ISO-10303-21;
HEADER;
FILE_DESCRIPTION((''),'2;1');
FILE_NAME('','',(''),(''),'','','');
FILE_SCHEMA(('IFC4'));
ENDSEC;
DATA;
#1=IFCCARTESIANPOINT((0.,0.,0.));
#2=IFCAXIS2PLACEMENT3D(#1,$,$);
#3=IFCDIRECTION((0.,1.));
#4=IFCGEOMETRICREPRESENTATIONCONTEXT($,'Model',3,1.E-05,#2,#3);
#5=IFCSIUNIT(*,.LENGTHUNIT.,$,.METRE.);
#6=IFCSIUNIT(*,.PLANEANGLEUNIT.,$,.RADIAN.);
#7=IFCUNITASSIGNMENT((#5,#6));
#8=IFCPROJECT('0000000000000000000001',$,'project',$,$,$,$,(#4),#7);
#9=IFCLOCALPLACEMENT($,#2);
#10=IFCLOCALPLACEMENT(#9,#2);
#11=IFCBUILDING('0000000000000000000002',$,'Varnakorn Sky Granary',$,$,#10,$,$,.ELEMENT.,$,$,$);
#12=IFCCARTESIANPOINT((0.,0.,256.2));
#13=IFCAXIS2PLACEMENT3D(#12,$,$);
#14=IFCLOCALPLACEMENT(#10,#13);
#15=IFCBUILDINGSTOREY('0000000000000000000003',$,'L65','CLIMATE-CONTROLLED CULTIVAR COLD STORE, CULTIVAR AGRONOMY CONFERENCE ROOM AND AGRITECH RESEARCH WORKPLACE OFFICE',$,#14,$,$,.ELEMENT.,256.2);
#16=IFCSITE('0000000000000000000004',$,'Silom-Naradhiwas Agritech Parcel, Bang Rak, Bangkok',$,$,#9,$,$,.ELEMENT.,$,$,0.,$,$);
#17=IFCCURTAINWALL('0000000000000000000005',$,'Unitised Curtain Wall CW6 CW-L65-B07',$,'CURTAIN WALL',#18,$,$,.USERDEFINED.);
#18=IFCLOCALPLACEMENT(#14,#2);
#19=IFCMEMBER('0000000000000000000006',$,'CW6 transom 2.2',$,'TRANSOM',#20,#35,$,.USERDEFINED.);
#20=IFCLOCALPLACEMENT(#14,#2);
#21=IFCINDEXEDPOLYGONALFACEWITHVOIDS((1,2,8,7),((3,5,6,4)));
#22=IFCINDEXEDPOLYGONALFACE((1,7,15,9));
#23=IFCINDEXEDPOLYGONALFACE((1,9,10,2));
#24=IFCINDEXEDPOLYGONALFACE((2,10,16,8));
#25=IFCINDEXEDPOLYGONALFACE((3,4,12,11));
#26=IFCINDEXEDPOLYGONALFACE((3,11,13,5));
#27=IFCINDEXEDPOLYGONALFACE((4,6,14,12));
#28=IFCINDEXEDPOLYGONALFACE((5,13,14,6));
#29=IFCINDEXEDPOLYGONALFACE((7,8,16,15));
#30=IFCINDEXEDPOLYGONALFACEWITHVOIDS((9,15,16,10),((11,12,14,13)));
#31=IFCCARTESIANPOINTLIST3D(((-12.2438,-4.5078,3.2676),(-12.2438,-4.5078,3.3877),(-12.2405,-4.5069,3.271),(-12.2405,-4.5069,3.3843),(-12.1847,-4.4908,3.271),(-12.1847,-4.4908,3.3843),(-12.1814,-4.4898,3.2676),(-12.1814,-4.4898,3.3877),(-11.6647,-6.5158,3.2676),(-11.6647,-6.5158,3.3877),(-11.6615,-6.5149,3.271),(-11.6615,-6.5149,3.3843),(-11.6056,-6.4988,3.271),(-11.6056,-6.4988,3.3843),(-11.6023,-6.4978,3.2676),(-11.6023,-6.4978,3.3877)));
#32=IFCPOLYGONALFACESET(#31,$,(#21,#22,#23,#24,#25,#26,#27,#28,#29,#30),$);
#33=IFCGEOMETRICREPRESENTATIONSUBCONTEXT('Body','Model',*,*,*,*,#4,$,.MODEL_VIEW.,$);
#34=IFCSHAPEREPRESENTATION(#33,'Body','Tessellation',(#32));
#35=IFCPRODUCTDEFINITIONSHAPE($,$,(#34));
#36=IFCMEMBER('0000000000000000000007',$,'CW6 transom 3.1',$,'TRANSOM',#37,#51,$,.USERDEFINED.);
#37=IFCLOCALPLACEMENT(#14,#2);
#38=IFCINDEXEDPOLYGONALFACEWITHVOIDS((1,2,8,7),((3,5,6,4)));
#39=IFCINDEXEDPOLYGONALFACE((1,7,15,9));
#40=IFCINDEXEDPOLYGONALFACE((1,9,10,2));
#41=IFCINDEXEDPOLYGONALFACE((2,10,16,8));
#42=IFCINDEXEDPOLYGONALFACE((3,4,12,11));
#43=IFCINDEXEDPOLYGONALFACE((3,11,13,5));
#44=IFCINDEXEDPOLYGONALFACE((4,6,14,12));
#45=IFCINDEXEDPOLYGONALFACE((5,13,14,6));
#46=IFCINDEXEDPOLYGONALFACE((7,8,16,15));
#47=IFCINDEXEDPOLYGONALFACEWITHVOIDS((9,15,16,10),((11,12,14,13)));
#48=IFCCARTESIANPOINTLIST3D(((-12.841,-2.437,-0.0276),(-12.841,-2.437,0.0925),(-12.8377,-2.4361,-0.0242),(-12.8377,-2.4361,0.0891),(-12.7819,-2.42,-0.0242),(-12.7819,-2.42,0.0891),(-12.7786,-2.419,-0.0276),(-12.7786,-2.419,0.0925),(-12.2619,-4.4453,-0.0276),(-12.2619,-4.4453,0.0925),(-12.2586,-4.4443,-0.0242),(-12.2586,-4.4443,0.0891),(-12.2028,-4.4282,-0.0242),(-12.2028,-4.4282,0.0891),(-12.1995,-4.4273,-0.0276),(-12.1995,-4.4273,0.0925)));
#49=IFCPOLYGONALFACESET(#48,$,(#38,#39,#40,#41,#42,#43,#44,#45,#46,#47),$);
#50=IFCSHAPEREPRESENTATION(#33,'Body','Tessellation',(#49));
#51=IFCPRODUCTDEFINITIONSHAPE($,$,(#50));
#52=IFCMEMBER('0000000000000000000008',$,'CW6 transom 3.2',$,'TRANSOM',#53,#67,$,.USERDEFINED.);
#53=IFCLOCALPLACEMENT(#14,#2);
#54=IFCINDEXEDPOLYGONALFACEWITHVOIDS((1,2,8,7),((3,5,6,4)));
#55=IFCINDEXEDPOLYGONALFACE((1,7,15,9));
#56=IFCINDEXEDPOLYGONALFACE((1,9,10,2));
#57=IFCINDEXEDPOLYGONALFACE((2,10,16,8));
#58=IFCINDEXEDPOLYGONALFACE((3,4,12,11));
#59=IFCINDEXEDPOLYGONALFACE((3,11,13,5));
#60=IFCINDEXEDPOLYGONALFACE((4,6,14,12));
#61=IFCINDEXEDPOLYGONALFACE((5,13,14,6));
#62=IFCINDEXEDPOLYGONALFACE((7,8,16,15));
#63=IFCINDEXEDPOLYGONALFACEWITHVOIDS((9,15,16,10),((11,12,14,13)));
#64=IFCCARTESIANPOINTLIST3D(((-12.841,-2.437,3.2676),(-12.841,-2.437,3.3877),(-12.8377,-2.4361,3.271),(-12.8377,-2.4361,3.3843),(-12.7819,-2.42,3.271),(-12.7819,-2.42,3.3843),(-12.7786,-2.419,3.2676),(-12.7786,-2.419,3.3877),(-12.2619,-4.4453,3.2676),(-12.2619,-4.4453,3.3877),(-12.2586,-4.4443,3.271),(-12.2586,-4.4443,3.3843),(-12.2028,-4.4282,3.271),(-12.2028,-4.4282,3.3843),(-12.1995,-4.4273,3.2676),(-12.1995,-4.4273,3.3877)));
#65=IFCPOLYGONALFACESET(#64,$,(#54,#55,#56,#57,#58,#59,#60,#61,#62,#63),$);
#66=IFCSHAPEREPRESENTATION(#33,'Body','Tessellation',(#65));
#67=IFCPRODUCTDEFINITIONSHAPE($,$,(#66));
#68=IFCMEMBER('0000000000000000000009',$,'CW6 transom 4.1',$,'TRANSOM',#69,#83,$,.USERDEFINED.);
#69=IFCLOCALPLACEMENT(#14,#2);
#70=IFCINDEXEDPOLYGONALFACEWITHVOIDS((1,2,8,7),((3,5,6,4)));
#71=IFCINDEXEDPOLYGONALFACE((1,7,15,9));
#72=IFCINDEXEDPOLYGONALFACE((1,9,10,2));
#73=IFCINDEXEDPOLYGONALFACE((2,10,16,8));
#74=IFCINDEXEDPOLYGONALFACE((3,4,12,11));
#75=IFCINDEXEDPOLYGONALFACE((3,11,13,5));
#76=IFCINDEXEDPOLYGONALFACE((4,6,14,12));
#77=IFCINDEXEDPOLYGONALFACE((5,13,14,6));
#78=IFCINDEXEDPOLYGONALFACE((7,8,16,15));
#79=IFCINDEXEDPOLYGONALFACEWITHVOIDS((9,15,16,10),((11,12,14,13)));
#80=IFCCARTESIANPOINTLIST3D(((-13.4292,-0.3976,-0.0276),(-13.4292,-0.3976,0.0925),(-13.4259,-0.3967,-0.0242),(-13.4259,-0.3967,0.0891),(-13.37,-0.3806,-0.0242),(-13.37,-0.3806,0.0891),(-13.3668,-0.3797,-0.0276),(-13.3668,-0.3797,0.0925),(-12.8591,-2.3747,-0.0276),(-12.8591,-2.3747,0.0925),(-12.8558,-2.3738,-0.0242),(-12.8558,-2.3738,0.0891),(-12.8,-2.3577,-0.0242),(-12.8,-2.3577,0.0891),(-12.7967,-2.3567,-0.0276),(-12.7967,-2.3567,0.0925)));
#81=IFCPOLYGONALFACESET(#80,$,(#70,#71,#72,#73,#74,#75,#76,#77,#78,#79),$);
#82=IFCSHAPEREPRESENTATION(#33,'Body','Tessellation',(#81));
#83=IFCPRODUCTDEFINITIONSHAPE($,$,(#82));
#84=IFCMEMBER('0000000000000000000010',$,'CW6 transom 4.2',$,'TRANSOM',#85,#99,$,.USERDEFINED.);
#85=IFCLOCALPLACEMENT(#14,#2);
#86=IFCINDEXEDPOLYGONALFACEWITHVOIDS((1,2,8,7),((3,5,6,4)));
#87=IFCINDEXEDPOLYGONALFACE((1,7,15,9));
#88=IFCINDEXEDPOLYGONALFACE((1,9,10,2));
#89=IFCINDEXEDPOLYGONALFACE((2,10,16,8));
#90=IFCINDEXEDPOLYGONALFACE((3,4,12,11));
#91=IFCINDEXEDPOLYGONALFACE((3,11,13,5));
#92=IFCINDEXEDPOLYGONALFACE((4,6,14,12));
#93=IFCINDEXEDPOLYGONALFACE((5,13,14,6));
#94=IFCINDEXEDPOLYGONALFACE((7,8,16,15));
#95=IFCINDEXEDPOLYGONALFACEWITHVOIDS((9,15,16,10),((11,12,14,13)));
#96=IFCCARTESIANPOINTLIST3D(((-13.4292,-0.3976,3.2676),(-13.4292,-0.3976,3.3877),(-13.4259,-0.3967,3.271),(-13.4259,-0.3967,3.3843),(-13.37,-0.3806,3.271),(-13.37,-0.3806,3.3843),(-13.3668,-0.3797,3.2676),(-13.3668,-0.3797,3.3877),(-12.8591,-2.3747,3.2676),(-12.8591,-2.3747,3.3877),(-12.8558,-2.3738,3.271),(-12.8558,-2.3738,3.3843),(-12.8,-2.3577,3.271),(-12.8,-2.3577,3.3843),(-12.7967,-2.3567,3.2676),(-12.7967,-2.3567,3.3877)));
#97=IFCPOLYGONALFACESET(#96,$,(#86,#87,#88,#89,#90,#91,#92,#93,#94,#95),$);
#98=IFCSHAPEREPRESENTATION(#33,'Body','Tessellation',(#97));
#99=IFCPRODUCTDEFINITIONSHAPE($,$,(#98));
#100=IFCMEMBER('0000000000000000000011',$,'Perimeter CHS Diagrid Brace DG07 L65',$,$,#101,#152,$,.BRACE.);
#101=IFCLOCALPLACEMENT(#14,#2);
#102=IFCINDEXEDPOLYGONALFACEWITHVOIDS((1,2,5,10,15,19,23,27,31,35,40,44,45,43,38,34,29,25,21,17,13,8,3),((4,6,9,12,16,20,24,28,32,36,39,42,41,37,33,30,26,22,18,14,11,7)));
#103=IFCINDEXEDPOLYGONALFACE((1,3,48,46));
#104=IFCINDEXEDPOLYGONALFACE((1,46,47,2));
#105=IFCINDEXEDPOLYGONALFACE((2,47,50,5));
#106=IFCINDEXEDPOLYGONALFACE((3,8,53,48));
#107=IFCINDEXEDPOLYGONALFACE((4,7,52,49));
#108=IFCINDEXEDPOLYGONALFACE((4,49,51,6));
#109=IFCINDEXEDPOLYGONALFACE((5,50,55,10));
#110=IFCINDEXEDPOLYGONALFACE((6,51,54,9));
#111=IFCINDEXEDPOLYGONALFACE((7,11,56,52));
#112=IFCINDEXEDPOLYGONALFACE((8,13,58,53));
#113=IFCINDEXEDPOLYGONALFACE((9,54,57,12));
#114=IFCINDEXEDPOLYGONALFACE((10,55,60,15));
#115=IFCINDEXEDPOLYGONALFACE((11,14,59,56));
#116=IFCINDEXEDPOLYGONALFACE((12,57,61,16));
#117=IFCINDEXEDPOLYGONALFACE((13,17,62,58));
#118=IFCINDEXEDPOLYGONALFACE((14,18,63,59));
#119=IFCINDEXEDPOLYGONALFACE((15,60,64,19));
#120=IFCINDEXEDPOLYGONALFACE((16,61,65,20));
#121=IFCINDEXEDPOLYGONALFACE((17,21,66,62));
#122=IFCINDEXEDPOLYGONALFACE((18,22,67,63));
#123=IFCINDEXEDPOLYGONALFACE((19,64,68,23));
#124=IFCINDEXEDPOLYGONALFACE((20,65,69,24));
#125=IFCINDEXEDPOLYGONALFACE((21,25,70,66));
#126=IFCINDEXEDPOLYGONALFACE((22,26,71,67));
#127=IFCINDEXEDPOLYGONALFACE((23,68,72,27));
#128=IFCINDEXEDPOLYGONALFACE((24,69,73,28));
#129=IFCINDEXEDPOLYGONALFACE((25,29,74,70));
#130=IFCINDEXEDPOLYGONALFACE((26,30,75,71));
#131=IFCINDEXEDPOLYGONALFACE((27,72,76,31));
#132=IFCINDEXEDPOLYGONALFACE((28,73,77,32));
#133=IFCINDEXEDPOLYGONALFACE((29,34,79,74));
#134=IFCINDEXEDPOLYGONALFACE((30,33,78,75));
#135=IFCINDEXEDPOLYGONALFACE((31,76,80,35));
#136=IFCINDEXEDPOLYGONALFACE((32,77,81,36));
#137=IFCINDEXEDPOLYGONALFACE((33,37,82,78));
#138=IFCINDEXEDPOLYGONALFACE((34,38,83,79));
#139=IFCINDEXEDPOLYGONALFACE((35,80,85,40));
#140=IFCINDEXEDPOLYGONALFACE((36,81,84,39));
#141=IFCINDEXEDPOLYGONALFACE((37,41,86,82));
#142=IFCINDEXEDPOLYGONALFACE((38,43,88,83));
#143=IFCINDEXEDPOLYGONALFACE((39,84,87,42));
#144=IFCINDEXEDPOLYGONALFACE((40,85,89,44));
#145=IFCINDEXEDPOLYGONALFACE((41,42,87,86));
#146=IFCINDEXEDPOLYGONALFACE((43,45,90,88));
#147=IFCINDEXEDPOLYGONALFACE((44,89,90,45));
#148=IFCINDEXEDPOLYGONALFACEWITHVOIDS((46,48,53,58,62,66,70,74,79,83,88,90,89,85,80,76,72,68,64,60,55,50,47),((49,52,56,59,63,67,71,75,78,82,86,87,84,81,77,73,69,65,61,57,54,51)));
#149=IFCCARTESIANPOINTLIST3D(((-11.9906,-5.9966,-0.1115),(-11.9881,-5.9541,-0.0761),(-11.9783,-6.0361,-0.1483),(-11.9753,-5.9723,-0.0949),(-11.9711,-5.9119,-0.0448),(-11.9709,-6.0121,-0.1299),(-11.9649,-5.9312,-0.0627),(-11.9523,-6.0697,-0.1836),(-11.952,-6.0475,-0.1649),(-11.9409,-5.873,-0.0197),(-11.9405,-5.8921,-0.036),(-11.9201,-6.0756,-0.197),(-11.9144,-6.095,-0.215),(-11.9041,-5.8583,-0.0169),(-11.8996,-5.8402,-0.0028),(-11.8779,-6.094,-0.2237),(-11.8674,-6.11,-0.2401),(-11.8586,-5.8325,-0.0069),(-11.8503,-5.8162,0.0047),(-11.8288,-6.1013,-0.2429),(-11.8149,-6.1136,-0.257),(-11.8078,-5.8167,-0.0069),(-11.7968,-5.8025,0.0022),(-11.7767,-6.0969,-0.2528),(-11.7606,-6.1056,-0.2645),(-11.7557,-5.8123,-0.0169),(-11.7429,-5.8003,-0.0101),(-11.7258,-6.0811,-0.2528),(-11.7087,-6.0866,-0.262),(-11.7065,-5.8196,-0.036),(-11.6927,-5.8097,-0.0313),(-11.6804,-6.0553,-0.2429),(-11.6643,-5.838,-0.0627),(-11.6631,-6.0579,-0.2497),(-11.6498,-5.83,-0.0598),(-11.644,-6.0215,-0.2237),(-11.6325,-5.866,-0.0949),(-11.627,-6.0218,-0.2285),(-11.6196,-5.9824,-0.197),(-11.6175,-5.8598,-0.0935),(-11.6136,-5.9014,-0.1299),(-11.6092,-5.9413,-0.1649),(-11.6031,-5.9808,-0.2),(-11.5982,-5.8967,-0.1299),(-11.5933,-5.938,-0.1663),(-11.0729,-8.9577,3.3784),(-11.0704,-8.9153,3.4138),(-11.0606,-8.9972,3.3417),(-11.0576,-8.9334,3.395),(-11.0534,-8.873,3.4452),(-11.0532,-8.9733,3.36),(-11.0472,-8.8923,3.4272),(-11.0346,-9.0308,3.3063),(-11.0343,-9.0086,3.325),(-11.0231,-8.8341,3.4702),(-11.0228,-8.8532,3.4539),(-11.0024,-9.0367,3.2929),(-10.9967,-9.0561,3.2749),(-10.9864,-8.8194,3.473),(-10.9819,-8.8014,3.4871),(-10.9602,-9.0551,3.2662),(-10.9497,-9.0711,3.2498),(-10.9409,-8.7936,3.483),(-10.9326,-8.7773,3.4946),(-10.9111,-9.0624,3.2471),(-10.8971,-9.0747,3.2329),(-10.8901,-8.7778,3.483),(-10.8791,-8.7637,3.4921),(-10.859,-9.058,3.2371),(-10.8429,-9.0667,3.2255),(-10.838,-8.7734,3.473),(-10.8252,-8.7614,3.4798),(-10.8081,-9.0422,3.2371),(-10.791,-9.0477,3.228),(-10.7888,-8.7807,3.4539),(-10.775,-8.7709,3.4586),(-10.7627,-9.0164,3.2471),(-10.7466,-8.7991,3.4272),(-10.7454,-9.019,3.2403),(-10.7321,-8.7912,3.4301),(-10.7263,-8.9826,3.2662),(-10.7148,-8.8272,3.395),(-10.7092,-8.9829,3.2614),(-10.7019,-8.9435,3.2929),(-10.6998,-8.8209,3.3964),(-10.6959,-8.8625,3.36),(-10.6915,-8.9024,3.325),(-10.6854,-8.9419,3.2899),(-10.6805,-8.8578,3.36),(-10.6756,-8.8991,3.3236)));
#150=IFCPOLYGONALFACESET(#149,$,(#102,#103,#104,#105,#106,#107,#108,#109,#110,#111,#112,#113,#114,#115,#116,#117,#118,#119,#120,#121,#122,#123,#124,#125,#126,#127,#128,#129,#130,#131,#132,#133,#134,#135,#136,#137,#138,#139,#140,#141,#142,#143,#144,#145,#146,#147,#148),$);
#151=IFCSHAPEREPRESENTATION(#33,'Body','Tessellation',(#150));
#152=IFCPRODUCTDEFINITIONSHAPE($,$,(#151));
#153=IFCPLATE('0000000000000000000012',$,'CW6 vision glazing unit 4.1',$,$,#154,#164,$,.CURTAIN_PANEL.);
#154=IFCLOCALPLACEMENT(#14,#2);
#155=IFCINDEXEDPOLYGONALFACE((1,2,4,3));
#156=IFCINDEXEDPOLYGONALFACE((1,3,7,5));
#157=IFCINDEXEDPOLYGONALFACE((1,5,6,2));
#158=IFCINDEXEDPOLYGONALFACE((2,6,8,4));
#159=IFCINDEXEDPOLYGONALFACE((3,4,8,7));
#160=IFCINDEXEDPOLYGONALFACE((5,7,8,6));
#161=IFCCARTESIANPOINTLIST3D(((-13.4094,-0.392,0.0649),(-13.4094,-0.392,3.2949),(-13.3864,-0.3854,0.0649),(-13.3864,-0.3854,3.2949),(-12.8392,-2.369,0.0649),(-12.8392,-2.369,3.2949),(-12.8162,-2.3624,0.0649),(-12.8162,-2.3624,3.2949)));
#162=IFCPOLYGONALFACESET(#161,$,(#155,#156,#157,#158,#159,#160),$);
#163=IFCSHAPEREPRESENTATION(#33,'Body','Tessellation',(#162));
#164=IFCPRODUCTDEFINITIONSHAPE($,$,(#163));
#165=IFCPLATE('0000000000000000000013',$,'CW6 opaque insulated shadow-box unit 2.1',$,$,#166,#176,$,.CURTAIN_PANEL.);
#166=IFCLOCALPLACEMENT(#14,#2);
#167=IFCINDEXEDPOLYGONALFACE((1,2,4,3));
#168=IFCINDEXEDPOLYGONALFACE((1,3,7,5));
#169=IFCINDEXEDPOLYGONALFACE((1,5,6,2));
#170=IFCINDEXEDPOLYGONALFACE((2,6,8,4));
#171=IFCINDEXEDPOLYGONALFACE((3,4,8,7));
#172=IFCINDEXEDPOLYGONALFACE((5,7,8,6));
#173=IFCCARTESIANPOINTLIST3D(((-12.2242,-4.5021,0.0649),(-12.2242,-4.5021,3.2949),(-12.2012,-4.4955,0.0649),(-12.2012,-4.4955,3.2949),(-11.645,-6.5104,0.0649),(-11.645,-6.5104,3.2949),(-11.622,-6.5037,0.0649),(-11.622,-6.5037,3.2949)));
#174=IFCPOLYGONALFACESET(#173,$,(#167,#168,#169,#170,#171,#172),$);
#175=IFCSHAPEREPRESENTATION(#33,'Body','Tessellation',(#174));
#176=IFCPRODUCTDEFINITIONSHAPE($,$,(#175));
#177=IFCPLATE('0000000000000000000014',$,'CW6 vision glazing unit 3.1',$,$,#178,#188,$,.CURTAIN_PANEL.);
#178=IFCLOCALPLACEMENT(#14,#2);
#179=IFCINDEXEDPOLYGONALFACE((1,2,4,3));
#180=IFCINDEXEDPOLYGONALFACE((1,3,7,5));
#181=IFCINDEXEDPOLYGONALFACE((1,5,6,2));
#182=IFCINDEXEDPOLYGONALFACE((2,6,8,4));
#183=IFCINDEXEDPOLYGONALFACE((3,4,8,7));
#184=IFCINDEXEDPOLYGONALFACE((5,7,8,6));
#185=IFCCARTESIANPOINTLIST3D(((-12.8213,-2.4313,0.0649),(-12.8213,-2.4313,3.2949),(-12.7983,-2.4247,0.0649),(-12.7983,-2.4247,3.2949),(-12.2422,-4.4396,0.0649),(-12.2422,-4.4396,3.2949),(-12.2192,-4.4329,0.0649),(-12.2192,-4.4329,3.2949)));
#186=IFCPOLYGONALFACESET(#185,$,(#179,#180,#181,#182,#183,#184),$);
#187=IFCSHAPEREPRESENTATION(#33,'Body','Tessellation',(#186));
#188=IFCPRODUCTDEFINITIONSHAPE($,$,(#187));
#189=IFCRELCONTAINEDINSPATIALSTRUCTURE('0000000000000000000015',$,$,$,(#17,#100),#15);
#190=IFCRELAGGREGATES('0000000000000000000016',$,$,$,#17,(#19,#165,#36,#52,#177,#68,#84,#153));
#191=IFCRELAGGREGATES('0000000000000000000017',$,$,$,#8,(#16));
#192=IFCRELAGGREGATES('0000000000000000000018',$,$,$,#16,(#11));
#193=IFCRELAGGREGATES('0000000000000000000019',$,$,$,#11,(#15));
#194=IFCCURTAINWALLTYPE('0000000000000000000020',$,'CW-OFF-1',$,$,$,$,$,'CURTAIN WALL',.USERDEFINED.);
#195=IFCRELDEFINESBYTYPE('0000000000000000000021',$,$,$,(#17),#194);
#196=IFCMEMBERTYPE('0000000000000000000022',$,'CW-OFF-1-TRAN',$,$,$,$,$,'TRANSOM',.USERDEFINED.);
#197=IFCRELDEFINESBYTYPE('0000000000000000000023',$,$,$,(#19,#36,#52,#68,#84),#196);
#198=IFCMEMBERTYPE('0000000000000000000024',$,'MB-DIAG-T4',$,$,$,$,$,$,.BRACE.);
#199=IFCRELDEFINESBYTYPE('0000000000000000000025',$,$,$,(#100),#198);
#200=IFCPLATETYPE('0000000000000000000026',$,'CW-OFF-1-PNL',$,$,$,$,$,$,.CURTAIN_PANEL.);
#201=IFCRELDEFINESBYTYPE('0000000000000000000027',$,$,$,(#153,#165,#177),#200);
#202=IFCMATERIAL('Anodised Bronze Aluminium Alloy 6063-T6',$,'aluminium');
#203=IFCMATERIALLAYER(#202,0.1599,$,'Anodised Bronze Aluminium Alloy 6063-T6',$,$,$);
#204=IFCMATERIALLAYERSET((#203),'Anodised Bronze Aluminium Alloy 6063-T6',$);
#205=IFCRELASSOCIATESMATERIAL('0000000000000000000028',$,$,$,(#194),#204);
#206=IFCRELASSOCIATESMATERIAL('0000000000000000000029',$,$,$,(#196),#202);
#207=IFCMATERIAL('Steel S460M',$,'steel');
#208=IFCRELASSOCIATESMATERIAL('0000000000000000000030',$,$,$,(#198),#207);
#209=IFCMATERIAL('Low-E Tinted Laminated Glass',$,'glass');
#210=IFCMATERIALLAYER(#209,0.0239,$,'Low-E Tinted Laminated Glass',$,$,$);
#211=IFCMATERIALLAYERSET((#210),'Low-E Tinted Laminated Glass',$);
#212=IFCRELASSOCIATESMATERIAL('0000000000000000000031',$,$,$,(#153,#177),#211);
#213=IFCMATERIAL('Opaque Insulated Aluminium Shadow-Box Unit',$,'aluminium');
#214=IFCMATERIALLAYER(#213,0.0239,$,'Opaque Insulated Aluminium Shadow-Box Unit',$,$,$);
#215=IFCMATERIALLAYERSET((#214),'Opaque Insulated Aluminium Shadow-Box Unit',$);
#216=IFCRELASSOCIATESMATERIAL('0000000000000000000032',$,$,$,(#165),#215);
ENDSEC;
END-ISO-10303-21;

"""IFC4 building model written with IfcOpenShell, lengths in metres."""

from ifc_helpers import new_model, si_unit, direction, frame, origin, origin_2d, place, context, subcontext, project, spatial, rectangle, hollow_rectangle, hollow_circle, extrude, source, transform, mapped, material, layer, layer_set, material_profile, profile_set, type_object, type_shapes, element, aggregate, save


model = new_model("IFC4")

# Units and contexts
model_context = context("Model", 3, precision=1e-05, world=origin(), true_north=direction((0.0, 1.0)))
body_context = subcontext(model_context, "Body", "Model", "MODEL_VIEW")
ifc_project = project(units=[si_unit("LENGTHUNIT", "METRE"), si_unit("PLANEANGLEUNIT", "RADIAN")], contexts=[model_context])

# Site, building, storey
site_placement = place(None, origin())
site = spatial("IfcSite", under=ifc_project, at=site_placement, Name="Silom-Naradhiwas Agritech Parcel, Bang Rak, Bangkok", CompositionType="ELEMENT", RefElevation=0.0)
building_placement = place(site_placement, origin())
building = spatial("IfcBuilding", under=site, at=building_placement, Name="Varnakorn Sky Granary", CompositionType="ELEMENT")
storey_placement = place(building_placement, frame((0.0, 0.0, 256.2)))
storey = spatial("IfcBuildingStorey", under=building, at=storey_placement, Name="L65", Description="CLIMATE-CONTROLLED CULTIVAR COLD STORE, CULTIVAR AGRONOMY CONFERENCE ROOM AND AGRITECH RESEARCH WORKPLACE OFFICE", CompositionType="ELEMENT", Elevation=256.2)

# Shared definitions
ifc_material_1 = material(Name="Steel S460M", Category="steel")

# Curtain wall, members
ifc_material_2 = material(Name="Anodised Bronze Aluminium Alloy 6063-T6", Category="aluminium")
ifc_layer_1 = layer(ifc_material_2, 0.1599, Name="Anodised Bronze Aluminium Alloy 6063-T6")
ifc_layer_set_1 = layer_set([ifc_layer_1], Name="Anodised Bronze Aluminium Alloy 6063-T6")
curtain_wall_type = type_object("IfcCurtainWallType", Name="CW-OFF-1", ElementType="CURTAIN WALL", PredefinedType="USERDEFINED", material=ifc_layer_set_1)
curtain_wall_placement = place(storey_placement, origin())
curtain_wall = element("IfcCurtainWall", 1, at=curtain_wall_placement, inside=storey, type_object=curtain_wall_type, Name="Unitised Curtain Wall CW6 CW-L65-B07", ObjectType="CURTAIN WALL", PredefinedType="USERDEFINED")
ifc_material_profile_1 = material_profile(ifc_material_2, hollow_rectangle(XDim=0.0649, YDim=0.1201, WallThickness=0.0034, at=origin_2d()), Name="ALU TRAN 65x120")
ifc_profile_set_1 = profile_set([ifc_material_profile_1], Name="Anodised Bronze Aluminium Alloy 6063-T6")
member_type_1 = type_object("IfcMemberType", Name="CW-OFF-1-TRAN", ElementType="TRANSOM", PredefinedType="USERDEFINED", material=ifc_profile_set_1)
member_1_placement = place(storey_placement, frame((-11.6335, -6.5068, 3.3276), z_axis=(-0.277096, 0.960842, 0.0), x_axis=(-0.960842, -0.277096, 0.0)))
member_1 = element("IfcMember", 2, at=member_1_placement, type_object=member_type_1, Name="CW6 transom 2.2", ObjectType="TRANSOM", PredefinedType="USERDEFINED", context=body_context, shape_type="SweptSolid", body=[
    extrude(hollow_rectangle(XDim=0.0649, YDim=0.1201, WallThickness=0.0034, at=origin_2d()), origin(), (0.0, 0.0, 1.0), 2.0898),
])
member_2_placement = place(storey_placement, frame((-12.2307, -4.4363, 0.0325), z_axis=(-0.277065, 0.960851, 0.0), x_axis=(-0.960851, -0.277065, 0.0)))
member_2 = element("IfcMember", 3, at=member_2_placement, type_object=member_type_1, Name="CW6 transom 3.1", ObjectType="TRANSOM", PredefinedType="USERDEFINED", context=body_context, shape_type="SweptSolid", body=[
    extrude(hollow_rectangle(XDim=0.0649, YDim=0.1201, WallThickness=0.0034, at=origin_2d()), origin(), (0.0, 0.0, 1.0), 2.0901),
])
member_3_placement = place(storey_placement, frame((-12.2307, -4.4363, 3.3276), z_axis=(-0.277065, 0.960851, 0.0), x_axis=(-0.960851, -0.277065, 0.0)))
member_3 = element("IfcMember", 4, at=member_3_placement, type_object=member_type_1, Name="CW6 transom 3.2", ObjectType="TRANSOM", PredefinedType="USERDEFINED", context=body_context, shape_type="SweptSolid", body=[
    extrude(hollow_rectangle(XDim=0.0649, YDim=0.1201, WallThickness=0.0034, at=origin_2d()), origin(), (0.0, 0.0, 1.0), 2.0901),
])
member_4_placement = place(storey_placement, frame((-12.8279, -2.3657, 0.0325), z_axis=(-0.277055, 0.960854, 0.0), x_axis=(-0.960854, -0.277055, 0.0)))
member_4 = element("IfcMember", 5, at=member_4_placement, type_object=member_type_1, Name="CW6 transom 4.1", ObjectType="TRANSOM", PredefinedType="USERDEFINED", context=body_context, shape_type="SweptSolid", body=[
    extrude(hollow_rectangle(XDim=0.0649, YDim=0.1201, WallThickness=0.0034, at=origin_2d()), origin(), (0.0, 0.0, 1.0), 2.0576),
])
member_5_placement = place(storey_placement, frame((-12.8279, -2.3657, 3.3276), z_axis=(-0.277055, 0.960854, 0.0), x_axis=(-0.960854, -0.277055, 0.0)))
member_5 = element("IfcMember", 6, at=member_5_placement, type_object=member_type_1, Name="CW6 transom 4.2", ObjectType="TRANSOM", PredefinedType="USERDEFINED", context=body_context, shape_type="SweptSolid", body=[
    extrude(hollow_rectangle(XDim=0.0649, YDim=0.1201, WallThickness=0.0034, at=origin_2d()), origin(), (0.0, 0.0, 1.0), 2.0576),
])

# Member
ifc_material_profile_2 = material_profile(ifc_material_1, hollow_circle(Radius=0.2031, WallThickness=0.0161, at=origin_2d()), Name="CHS 406.4x16")
ifc_profile_set_2 = profile_set([ifc_material_profile_2], Name="Steel S460M")
member_type_2 = type_object("IfcMemberType", Name="MB-DIAG-T4", PredefinedType="BRACE", material=ifc_profile_set_2)
member_6_placement = place(storey_placement, frame((-11.7922, -5.9568, -0.1299), z_axis=(0.196596, -0.634349, 0.747631), x_axis=(0.955179, 0.296028, 0.0)))
element("IfcMember", 7, at=member_6_placement, inside=storey, type_object=member_type_2, Name="Perimeter CHS Diagrid Brace DG07 L65", PredefinedType="BRACE", context=body_context, shape_type="SweptSolid", body=[
    extrude(hollow_circle(Radius=0.2031, WallThickness=0.0161, at=origin_2d()), origin(), (0.0, 0.0, 1.0), 4.668),
])

# Plates
ifc_material_3 = material(Name="Low-E Tinted Laminated Glass", Category="glass")
ifc_layer_2 = layer(ifc_material_3, 0.0239, Name="Low-E Tinted Laminated Glass")
ifc_layer_set_2 = layer_set([ifc_layer_2], Name="Low-E Tinted Laminated Glass")
plate_type = type_object("IfcPlateType", Name="CW-OFF-1-PNL", PredefinedType="CURTAIN_PANEL")
shared_shape_1 = source(origin(), body_context, "Body", "SweptSolid", [
    extrude(rectangle(XDim=2.0576, YDim=0.0239, at=origin_2d()), origin(), (0.0, 0.0, 1.0), 3.23),
])
plate_1_placement = place(storey_placement, frame((-13.1128, -1.3772, 0.0649), z_axis=(0.0, 0.0, 1.0), x_axis=(-0.277084, 0.960846, 0.0)))
plate_1 = element("IfcPlate", 8, at=plate_1_placement, type_object=plate_type, material=ifc_layer_set_2, Name="CW6 vision glazing unit 4.1", PredefinedType="CURTAIN_PANEL", context=body_context, shape_type="MappedRepresentation", body=[
    mapped(shared_shape_1, transform((0.0, 0.0, 0.0), x_axis=(1.0, 0.0, 0.0), y_axis=(0.0, 1.0, 0.0), z_axis=(0.0, 0.0, 1.0), scale=1.0)),
])
ifc_material_4 = material(Name="Opaque Insulated Aluminium Shadow-Box Unit", Category="aluminium")
ifc_layer_3 = layer(ifc_material_4, 0.0239, Name="Opaque Insulated Aluminium Shadow-Box Unit")
ifc_layer_set_3 = layer_set([ifc_layer_3], Name="Opaque Insulated Aluminium Shadow-Box Unit")
shared_shape_2 = source(origin(), body_context, "Body", "SweptSolid", [
    extrude(rectangle(XDim=2.0901, YDim=0.0239, at=origin_2d()), origin(), (0.0, 0.0, 1.0), 3.23),
])
type_shapes(plate_type, [shared_shape_1, shared_shape_2])
plate_2_placement = place(storey_placement, frame((-11.9231, -5.5029, 0.0649), z_axis=(0.0, 0.0, 1.0), x_axis=(-0.277084, 0.960846, 0.0)))
plate_2 = element("IfcPlate", 9, at=plate_2_placement, type_object=plate_type, material=ifc_layer_set_3, Name="CW6 opaque insulated shadow-box unit 2.1", PredefinedType="CURTAIN_PANEL", context=body_context, shape_type="MappedRepresentation", body=[
    mapped(shared_shape_2, transform((0.0, 0.0, 0.0), x_axis=(1.0, 0.0, 0.0), y_axis=(0.0, 1.0, 0.0), z_axis=(0.0, 0.0, 1.0), scale=1.0)),
])
plate_3_placement = place(storey_placement, frame((-12.5203, -3.4321, 0.0649), z_axis=(0.0, 0.0, 1.0), x_axis=(-0.277084, 0.960846, 0.0)))
plate_3 = element("IfcPlate", 10, at=plate_3_placement, type_object=plate_type, material=ifc_layer_set_2, Name="CW6 vision glazing unit 3.1", PredefinedType="CURTAIN_PANEL", context=body_context, shape_type="MappedRepresentation", body=[
    mapped(shared_shape_2, transform((0.0, 0.0, 0.0), x_axis=(1.0, 0.0, 0.0), y_axis=(0.0, 1.0, 0.0), z_axis=(0.0, 0.0, 1.0), scale=1.0)),
])
aggregate(curtain_wall, [member_1, plate_2, member_2, member_3, plate_3, member_4, member_5, plate_1])

save(model, "model.ifc")
